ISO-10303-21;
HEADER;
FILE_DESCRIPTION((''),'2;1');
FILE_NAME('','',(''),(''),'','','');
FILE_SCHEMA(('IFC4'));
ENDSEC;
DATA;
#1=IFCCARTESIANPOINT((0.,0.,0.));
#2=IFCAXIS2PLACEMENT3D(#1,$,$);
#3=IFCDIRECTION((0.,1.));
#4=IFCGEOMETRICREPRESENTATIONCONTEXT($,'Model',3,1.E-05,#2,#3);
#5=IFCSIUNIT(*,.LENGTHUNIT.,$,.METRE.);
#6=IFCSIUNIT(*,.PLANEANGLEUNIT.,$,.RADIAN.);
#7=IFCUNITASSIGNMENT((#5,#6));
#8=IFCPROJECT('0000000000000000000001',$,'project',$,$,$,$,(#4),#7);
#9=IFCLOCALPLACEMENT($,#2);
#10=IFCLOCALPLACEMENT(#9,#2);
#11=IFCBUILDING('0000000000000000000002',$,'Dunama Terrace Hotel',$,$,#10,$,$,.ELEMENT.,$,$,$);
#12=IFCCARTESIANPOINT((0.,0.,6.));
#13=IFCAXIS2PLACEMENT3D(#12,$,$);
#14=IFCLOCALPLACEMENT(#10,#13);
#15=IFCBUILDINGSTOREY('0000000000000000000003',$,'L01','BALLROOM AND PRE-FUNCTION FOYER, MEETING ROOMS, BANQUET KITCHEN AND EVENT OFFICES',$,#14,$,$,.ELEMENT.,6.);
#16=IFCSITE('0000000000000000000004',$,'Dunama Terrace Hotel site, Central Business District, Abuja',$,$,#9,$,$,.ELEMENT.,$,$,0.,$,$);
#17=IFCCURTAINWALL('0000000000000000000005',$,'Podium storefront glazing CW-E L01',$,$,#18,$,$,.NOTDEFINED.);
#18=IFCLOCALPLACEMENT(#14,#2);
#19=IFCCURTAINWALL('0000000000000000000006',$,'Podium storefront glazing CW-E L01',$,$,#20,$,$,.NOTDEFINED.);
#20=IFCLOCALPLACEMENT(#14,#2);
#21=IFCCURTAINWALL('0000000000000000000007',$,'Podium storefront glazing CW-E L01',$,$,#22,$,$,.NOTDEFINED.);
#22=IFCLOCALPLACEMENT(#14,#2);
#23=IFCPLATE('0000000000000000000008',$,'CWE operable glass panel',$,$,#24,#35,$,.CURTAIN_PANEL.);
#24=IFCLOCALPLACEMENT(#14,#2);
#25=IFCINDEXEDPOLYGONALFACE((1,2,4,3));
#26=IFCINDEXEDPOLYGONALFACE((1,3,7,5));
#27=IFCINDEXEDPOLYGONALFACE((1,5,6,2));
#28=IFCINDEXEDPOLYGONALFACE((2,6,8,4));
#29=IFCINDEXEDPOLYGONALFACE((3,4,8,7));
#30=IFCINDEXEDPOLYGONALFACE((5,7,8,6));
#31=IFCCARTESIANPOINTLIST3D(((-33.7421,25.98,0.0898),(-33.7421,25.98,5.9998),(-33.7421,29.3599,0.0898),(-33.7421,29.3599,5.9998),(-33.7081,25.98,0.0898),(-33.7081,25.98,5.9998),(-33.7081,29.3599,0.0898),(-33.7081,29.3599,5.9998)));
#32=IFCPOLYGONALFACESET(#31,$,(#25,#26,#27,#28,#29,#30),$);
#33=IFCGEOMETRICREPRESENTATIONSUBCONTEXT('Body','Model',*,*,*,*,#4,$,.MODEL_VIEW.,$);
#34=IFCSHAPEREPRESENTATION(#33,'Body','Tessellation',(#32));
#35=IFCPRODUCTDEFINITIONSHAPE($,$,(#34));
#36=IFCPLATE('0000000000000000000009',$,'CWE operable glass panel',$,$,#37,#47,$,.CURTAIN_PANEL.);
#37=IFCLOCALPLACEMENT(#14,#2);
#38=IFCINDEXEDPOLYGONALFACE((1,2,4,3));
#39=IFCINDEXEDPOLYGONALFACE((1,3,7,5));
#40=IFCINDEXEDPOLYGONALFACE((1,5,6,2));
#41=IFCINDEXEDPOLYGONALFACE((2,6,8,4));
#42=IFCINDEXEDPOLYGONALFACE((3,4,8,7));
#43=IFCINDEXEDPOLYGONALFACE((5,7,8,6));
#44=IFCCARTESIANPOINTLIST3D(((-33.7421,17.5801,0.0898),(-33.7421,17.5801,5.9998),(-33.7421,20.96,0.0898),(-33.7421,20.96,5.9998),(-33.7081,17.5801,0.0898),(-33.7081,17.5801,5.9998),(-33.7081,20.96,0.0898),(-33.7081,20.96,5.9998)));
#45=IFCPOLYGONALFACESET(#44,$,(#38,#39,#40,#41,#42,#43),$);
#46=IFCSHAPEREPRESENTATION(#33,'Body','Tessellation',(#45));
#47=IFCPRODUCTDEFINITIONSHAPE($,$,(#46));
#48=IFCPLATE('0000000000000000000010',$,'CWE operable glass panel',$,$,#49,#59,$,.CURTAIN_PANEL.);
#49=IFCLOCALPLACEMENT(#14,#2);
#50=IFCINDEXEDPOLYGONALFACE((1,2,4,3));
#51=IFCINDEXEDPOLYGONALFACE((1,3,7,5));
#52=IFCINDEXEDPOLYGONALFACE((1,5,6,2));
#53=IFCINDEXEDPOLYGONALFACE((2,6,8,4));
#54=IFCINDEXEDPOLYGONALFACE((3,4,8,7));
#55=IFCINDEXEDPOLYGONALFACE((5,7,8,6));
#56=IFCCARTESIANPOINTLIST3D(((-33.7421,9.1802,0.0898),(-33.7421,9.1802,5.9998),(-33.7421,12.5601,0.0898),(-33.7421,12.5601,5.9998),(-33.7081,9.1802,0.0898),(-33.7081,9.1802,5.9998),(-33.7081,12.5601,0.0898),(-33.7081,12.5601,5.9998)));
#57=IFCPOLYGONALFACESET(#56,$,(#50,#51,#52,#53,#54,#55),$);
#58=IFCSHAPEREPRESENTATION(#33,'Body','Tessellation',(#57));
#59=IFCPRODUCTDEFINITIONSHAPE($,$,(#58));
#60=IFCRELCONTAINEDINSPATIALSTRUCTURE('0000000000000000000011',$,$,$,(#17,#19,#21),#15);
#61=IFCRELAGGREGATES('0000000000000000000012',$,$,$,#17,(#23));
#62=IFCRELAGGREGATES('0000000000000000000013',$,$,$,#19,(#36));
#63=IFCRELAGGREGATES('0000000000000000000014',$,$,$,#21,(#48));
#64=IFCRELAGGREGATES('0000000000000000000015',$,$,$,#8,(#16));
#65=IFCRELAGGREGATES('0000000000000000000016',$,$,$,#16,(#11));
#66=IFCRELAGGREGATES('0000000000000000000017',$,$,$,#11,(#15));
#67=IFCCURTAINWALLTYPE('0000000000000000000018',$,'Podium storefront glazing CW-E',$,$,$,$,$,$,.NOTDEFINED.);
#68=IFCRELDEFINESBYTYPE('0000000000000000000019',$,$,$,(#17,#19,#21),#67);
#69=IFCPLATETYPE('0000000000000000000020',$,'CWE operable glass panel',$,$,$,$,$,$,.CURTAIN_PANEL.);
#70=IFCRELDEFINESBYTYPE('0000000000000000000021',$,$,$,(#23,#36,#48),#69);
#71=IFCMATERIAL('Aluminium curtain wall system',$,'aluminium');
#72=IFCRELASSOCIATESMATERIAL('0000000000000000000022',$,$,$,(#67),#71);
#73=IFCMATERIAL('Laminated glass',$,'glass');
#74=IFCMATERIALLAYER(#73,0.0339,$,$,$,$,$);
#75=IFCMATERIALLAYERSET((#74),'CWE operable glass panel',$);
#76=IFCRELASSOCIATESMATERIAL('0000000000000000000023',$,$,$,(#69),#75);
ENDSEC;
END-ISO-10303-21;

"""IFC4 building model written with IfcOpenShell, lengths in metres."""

from ifc_helpers import new_model, si_unit, direction, frame, origin, origin_2d, place, context, subcontext, project, spatial, rectangle, extrude, material, layer, layer_set, type_object, element, aggregate, save


model = new_model("IFC4")

# Units and contexts
model_context = context("Model", 3, precision=1e-05, world=origin(), true_north=direction((0.0, 1.0)))
body_context = subcontext(model_context, "Body", "Model", "MODEL_VIEW")
ifc_project = project(units=[si_unit("LENGTHUNIT", "METRE"), si_unit("PLANEANGLEUNIT", "RADIAN")], contexts=[model_context])

# Site, building, storey
site_placement = place(None, origin())
site = spatial("IfcSite", under=ifc_project, at=site_placement, Name="Dunama Terrace Hotel site, Central Business District, Abuja", CompositionType="ELEMENT", RefElevation=0.0)
building_placement = place(site_placement, origin())
building = spatial("IfcBuilding", under=site, at=building_placement, Name="Dunama Terrace Hotel", CompositionType="ELEMENT")
storey_placement = place(building_placement, frame((0.0, 0.0, 6.0)))
storey = spatial("IfcBuildingStorey", under=building, at=storey_placement, Name="L01", Description="BALLROOM AND PRE-FUNCTION FOYER, MEETING ROOMS, BANQUET KITCHEN AND EVENT OFFICES", CompositionType="ELEMENT", Elevation=6.0)

# Curtain walls
ifc_material_1 = material(Name="Aluminium curtain wall system", Category="aluminium")
curtain_wall_type = type_object("IfcCurtainWallType", Name="Podium storefront glazing CW-E", PredefinedType="NOTDEFINED", material=ifc_material_1)
curtain_wall_1_placement = place(storey_placement, origin())
curtain_wall_1 = element("IfcCurtainWall", 1, at=curtain_wall_1_placement, inside=storey, type_object=curtain_wall_type, Name="Podium storefront glazing CW-E L01", PredefinedType="NOTDEFINED")
curtain_wall_2_placement = place(storey_placement, origin())
curtain_wall_2 = element("IfcCurtainWall", 2, at=curtain_wall_2_placement, inside=storey, type_object=curtain_wall_type, Name="Podium storefront glazing CW-E L01", PredefinedType="NOTDEFINED")
curtain_wall_3_placement = place(storey_placement, origin())
curtain_wall_3 = element("IfcCurtainWall", 3, at=curtain_wall_3_placement, inside=storey, type_object=curtain_wall_type, Name="Podium storefront glazing CW-E L01", PredefinedType="NOTDEFINED")

# Plates
ifc_material_2 = material(Name="Laminated glass", Category="glass")
ifc_layer_1 = layer(ifc_material_2, 0.0339)
ifc_layer_set_1 = layer_set([ifc_layer_1], Name="CWE operable glass panel")
plate_type_1 = type_object("IfcPlateType", Name="CWE operable glass panel", PredefinedType="CURTAIN_PANEL", material=ifc_layer_set_1)
plate_1_placement = place(storey_placement, frame((-33.7251, 27.6699, 0.0898), z_axis=(0.0, 0.0, 1.0), x_axis=(0.0, -1.0, 0.0)))
plate_1 = element("IfcPlate", 4, at=plate_1_placement, type_object=plate_type_1, Name="CWE operable glass panel", PredefinedType="CURTAIN_PANEL", context=body_context, shape_type="SweptSolid", body=[
    extrude(rectangle(XDim=3.3799, YDim=0.0339, at=origin_2d()), origin(), (0.0, 0.0, 1.0), 5.9099),
])
aggregate(curtain_wall_1, [plate_1])
plate_2_placement = place(storey_placement, frame((-33.7251, 19.27, 0.0898), z_axis=(0.0, 0.0, 1.0), x_axis=(0.0, -1.0, 0.0)))
plate_2 = element("IfcPlate", 5, at=plate_2_placement, type_object=plate_type_1, Name="CWE operable glass panel", PredefinedType="CURTAIN_PANEL", context=body_context, shape_type="SweptSolid", body=[
    extrude(rectangle(XDim=3.3799, YDim=0.0339, at=origin_2d()), origin(), (0.0, 0.0, 1.0), 5.9099),
])
aggregate(curtain_wall_2, [plate_2])
plate_3_placement = place(storey_placement, frame((-33.7251, 10.8701, 0.0898), z_axis=(0.0, 0.0, 1.0), x_axis=(0.0, -1.0, 0.0)))
plate_3 = element("IfcPlate", 6, at=plate_3_placement, type_object=plate_type_1, Name="CWE operable glass panel", PredefinedType="CURTAIN_PANEL", context=body_context, shape_type="SweptSolid", body=[
    extrude(rectangle(XDim=3.3799, YDim=0.0339, at=origin_2d()), origin(), (0.0, 0.0, 1.0), 5.9099),
])
aggregate(curtain_wall_3, [plate_3])

save(model, "model.ifc")
